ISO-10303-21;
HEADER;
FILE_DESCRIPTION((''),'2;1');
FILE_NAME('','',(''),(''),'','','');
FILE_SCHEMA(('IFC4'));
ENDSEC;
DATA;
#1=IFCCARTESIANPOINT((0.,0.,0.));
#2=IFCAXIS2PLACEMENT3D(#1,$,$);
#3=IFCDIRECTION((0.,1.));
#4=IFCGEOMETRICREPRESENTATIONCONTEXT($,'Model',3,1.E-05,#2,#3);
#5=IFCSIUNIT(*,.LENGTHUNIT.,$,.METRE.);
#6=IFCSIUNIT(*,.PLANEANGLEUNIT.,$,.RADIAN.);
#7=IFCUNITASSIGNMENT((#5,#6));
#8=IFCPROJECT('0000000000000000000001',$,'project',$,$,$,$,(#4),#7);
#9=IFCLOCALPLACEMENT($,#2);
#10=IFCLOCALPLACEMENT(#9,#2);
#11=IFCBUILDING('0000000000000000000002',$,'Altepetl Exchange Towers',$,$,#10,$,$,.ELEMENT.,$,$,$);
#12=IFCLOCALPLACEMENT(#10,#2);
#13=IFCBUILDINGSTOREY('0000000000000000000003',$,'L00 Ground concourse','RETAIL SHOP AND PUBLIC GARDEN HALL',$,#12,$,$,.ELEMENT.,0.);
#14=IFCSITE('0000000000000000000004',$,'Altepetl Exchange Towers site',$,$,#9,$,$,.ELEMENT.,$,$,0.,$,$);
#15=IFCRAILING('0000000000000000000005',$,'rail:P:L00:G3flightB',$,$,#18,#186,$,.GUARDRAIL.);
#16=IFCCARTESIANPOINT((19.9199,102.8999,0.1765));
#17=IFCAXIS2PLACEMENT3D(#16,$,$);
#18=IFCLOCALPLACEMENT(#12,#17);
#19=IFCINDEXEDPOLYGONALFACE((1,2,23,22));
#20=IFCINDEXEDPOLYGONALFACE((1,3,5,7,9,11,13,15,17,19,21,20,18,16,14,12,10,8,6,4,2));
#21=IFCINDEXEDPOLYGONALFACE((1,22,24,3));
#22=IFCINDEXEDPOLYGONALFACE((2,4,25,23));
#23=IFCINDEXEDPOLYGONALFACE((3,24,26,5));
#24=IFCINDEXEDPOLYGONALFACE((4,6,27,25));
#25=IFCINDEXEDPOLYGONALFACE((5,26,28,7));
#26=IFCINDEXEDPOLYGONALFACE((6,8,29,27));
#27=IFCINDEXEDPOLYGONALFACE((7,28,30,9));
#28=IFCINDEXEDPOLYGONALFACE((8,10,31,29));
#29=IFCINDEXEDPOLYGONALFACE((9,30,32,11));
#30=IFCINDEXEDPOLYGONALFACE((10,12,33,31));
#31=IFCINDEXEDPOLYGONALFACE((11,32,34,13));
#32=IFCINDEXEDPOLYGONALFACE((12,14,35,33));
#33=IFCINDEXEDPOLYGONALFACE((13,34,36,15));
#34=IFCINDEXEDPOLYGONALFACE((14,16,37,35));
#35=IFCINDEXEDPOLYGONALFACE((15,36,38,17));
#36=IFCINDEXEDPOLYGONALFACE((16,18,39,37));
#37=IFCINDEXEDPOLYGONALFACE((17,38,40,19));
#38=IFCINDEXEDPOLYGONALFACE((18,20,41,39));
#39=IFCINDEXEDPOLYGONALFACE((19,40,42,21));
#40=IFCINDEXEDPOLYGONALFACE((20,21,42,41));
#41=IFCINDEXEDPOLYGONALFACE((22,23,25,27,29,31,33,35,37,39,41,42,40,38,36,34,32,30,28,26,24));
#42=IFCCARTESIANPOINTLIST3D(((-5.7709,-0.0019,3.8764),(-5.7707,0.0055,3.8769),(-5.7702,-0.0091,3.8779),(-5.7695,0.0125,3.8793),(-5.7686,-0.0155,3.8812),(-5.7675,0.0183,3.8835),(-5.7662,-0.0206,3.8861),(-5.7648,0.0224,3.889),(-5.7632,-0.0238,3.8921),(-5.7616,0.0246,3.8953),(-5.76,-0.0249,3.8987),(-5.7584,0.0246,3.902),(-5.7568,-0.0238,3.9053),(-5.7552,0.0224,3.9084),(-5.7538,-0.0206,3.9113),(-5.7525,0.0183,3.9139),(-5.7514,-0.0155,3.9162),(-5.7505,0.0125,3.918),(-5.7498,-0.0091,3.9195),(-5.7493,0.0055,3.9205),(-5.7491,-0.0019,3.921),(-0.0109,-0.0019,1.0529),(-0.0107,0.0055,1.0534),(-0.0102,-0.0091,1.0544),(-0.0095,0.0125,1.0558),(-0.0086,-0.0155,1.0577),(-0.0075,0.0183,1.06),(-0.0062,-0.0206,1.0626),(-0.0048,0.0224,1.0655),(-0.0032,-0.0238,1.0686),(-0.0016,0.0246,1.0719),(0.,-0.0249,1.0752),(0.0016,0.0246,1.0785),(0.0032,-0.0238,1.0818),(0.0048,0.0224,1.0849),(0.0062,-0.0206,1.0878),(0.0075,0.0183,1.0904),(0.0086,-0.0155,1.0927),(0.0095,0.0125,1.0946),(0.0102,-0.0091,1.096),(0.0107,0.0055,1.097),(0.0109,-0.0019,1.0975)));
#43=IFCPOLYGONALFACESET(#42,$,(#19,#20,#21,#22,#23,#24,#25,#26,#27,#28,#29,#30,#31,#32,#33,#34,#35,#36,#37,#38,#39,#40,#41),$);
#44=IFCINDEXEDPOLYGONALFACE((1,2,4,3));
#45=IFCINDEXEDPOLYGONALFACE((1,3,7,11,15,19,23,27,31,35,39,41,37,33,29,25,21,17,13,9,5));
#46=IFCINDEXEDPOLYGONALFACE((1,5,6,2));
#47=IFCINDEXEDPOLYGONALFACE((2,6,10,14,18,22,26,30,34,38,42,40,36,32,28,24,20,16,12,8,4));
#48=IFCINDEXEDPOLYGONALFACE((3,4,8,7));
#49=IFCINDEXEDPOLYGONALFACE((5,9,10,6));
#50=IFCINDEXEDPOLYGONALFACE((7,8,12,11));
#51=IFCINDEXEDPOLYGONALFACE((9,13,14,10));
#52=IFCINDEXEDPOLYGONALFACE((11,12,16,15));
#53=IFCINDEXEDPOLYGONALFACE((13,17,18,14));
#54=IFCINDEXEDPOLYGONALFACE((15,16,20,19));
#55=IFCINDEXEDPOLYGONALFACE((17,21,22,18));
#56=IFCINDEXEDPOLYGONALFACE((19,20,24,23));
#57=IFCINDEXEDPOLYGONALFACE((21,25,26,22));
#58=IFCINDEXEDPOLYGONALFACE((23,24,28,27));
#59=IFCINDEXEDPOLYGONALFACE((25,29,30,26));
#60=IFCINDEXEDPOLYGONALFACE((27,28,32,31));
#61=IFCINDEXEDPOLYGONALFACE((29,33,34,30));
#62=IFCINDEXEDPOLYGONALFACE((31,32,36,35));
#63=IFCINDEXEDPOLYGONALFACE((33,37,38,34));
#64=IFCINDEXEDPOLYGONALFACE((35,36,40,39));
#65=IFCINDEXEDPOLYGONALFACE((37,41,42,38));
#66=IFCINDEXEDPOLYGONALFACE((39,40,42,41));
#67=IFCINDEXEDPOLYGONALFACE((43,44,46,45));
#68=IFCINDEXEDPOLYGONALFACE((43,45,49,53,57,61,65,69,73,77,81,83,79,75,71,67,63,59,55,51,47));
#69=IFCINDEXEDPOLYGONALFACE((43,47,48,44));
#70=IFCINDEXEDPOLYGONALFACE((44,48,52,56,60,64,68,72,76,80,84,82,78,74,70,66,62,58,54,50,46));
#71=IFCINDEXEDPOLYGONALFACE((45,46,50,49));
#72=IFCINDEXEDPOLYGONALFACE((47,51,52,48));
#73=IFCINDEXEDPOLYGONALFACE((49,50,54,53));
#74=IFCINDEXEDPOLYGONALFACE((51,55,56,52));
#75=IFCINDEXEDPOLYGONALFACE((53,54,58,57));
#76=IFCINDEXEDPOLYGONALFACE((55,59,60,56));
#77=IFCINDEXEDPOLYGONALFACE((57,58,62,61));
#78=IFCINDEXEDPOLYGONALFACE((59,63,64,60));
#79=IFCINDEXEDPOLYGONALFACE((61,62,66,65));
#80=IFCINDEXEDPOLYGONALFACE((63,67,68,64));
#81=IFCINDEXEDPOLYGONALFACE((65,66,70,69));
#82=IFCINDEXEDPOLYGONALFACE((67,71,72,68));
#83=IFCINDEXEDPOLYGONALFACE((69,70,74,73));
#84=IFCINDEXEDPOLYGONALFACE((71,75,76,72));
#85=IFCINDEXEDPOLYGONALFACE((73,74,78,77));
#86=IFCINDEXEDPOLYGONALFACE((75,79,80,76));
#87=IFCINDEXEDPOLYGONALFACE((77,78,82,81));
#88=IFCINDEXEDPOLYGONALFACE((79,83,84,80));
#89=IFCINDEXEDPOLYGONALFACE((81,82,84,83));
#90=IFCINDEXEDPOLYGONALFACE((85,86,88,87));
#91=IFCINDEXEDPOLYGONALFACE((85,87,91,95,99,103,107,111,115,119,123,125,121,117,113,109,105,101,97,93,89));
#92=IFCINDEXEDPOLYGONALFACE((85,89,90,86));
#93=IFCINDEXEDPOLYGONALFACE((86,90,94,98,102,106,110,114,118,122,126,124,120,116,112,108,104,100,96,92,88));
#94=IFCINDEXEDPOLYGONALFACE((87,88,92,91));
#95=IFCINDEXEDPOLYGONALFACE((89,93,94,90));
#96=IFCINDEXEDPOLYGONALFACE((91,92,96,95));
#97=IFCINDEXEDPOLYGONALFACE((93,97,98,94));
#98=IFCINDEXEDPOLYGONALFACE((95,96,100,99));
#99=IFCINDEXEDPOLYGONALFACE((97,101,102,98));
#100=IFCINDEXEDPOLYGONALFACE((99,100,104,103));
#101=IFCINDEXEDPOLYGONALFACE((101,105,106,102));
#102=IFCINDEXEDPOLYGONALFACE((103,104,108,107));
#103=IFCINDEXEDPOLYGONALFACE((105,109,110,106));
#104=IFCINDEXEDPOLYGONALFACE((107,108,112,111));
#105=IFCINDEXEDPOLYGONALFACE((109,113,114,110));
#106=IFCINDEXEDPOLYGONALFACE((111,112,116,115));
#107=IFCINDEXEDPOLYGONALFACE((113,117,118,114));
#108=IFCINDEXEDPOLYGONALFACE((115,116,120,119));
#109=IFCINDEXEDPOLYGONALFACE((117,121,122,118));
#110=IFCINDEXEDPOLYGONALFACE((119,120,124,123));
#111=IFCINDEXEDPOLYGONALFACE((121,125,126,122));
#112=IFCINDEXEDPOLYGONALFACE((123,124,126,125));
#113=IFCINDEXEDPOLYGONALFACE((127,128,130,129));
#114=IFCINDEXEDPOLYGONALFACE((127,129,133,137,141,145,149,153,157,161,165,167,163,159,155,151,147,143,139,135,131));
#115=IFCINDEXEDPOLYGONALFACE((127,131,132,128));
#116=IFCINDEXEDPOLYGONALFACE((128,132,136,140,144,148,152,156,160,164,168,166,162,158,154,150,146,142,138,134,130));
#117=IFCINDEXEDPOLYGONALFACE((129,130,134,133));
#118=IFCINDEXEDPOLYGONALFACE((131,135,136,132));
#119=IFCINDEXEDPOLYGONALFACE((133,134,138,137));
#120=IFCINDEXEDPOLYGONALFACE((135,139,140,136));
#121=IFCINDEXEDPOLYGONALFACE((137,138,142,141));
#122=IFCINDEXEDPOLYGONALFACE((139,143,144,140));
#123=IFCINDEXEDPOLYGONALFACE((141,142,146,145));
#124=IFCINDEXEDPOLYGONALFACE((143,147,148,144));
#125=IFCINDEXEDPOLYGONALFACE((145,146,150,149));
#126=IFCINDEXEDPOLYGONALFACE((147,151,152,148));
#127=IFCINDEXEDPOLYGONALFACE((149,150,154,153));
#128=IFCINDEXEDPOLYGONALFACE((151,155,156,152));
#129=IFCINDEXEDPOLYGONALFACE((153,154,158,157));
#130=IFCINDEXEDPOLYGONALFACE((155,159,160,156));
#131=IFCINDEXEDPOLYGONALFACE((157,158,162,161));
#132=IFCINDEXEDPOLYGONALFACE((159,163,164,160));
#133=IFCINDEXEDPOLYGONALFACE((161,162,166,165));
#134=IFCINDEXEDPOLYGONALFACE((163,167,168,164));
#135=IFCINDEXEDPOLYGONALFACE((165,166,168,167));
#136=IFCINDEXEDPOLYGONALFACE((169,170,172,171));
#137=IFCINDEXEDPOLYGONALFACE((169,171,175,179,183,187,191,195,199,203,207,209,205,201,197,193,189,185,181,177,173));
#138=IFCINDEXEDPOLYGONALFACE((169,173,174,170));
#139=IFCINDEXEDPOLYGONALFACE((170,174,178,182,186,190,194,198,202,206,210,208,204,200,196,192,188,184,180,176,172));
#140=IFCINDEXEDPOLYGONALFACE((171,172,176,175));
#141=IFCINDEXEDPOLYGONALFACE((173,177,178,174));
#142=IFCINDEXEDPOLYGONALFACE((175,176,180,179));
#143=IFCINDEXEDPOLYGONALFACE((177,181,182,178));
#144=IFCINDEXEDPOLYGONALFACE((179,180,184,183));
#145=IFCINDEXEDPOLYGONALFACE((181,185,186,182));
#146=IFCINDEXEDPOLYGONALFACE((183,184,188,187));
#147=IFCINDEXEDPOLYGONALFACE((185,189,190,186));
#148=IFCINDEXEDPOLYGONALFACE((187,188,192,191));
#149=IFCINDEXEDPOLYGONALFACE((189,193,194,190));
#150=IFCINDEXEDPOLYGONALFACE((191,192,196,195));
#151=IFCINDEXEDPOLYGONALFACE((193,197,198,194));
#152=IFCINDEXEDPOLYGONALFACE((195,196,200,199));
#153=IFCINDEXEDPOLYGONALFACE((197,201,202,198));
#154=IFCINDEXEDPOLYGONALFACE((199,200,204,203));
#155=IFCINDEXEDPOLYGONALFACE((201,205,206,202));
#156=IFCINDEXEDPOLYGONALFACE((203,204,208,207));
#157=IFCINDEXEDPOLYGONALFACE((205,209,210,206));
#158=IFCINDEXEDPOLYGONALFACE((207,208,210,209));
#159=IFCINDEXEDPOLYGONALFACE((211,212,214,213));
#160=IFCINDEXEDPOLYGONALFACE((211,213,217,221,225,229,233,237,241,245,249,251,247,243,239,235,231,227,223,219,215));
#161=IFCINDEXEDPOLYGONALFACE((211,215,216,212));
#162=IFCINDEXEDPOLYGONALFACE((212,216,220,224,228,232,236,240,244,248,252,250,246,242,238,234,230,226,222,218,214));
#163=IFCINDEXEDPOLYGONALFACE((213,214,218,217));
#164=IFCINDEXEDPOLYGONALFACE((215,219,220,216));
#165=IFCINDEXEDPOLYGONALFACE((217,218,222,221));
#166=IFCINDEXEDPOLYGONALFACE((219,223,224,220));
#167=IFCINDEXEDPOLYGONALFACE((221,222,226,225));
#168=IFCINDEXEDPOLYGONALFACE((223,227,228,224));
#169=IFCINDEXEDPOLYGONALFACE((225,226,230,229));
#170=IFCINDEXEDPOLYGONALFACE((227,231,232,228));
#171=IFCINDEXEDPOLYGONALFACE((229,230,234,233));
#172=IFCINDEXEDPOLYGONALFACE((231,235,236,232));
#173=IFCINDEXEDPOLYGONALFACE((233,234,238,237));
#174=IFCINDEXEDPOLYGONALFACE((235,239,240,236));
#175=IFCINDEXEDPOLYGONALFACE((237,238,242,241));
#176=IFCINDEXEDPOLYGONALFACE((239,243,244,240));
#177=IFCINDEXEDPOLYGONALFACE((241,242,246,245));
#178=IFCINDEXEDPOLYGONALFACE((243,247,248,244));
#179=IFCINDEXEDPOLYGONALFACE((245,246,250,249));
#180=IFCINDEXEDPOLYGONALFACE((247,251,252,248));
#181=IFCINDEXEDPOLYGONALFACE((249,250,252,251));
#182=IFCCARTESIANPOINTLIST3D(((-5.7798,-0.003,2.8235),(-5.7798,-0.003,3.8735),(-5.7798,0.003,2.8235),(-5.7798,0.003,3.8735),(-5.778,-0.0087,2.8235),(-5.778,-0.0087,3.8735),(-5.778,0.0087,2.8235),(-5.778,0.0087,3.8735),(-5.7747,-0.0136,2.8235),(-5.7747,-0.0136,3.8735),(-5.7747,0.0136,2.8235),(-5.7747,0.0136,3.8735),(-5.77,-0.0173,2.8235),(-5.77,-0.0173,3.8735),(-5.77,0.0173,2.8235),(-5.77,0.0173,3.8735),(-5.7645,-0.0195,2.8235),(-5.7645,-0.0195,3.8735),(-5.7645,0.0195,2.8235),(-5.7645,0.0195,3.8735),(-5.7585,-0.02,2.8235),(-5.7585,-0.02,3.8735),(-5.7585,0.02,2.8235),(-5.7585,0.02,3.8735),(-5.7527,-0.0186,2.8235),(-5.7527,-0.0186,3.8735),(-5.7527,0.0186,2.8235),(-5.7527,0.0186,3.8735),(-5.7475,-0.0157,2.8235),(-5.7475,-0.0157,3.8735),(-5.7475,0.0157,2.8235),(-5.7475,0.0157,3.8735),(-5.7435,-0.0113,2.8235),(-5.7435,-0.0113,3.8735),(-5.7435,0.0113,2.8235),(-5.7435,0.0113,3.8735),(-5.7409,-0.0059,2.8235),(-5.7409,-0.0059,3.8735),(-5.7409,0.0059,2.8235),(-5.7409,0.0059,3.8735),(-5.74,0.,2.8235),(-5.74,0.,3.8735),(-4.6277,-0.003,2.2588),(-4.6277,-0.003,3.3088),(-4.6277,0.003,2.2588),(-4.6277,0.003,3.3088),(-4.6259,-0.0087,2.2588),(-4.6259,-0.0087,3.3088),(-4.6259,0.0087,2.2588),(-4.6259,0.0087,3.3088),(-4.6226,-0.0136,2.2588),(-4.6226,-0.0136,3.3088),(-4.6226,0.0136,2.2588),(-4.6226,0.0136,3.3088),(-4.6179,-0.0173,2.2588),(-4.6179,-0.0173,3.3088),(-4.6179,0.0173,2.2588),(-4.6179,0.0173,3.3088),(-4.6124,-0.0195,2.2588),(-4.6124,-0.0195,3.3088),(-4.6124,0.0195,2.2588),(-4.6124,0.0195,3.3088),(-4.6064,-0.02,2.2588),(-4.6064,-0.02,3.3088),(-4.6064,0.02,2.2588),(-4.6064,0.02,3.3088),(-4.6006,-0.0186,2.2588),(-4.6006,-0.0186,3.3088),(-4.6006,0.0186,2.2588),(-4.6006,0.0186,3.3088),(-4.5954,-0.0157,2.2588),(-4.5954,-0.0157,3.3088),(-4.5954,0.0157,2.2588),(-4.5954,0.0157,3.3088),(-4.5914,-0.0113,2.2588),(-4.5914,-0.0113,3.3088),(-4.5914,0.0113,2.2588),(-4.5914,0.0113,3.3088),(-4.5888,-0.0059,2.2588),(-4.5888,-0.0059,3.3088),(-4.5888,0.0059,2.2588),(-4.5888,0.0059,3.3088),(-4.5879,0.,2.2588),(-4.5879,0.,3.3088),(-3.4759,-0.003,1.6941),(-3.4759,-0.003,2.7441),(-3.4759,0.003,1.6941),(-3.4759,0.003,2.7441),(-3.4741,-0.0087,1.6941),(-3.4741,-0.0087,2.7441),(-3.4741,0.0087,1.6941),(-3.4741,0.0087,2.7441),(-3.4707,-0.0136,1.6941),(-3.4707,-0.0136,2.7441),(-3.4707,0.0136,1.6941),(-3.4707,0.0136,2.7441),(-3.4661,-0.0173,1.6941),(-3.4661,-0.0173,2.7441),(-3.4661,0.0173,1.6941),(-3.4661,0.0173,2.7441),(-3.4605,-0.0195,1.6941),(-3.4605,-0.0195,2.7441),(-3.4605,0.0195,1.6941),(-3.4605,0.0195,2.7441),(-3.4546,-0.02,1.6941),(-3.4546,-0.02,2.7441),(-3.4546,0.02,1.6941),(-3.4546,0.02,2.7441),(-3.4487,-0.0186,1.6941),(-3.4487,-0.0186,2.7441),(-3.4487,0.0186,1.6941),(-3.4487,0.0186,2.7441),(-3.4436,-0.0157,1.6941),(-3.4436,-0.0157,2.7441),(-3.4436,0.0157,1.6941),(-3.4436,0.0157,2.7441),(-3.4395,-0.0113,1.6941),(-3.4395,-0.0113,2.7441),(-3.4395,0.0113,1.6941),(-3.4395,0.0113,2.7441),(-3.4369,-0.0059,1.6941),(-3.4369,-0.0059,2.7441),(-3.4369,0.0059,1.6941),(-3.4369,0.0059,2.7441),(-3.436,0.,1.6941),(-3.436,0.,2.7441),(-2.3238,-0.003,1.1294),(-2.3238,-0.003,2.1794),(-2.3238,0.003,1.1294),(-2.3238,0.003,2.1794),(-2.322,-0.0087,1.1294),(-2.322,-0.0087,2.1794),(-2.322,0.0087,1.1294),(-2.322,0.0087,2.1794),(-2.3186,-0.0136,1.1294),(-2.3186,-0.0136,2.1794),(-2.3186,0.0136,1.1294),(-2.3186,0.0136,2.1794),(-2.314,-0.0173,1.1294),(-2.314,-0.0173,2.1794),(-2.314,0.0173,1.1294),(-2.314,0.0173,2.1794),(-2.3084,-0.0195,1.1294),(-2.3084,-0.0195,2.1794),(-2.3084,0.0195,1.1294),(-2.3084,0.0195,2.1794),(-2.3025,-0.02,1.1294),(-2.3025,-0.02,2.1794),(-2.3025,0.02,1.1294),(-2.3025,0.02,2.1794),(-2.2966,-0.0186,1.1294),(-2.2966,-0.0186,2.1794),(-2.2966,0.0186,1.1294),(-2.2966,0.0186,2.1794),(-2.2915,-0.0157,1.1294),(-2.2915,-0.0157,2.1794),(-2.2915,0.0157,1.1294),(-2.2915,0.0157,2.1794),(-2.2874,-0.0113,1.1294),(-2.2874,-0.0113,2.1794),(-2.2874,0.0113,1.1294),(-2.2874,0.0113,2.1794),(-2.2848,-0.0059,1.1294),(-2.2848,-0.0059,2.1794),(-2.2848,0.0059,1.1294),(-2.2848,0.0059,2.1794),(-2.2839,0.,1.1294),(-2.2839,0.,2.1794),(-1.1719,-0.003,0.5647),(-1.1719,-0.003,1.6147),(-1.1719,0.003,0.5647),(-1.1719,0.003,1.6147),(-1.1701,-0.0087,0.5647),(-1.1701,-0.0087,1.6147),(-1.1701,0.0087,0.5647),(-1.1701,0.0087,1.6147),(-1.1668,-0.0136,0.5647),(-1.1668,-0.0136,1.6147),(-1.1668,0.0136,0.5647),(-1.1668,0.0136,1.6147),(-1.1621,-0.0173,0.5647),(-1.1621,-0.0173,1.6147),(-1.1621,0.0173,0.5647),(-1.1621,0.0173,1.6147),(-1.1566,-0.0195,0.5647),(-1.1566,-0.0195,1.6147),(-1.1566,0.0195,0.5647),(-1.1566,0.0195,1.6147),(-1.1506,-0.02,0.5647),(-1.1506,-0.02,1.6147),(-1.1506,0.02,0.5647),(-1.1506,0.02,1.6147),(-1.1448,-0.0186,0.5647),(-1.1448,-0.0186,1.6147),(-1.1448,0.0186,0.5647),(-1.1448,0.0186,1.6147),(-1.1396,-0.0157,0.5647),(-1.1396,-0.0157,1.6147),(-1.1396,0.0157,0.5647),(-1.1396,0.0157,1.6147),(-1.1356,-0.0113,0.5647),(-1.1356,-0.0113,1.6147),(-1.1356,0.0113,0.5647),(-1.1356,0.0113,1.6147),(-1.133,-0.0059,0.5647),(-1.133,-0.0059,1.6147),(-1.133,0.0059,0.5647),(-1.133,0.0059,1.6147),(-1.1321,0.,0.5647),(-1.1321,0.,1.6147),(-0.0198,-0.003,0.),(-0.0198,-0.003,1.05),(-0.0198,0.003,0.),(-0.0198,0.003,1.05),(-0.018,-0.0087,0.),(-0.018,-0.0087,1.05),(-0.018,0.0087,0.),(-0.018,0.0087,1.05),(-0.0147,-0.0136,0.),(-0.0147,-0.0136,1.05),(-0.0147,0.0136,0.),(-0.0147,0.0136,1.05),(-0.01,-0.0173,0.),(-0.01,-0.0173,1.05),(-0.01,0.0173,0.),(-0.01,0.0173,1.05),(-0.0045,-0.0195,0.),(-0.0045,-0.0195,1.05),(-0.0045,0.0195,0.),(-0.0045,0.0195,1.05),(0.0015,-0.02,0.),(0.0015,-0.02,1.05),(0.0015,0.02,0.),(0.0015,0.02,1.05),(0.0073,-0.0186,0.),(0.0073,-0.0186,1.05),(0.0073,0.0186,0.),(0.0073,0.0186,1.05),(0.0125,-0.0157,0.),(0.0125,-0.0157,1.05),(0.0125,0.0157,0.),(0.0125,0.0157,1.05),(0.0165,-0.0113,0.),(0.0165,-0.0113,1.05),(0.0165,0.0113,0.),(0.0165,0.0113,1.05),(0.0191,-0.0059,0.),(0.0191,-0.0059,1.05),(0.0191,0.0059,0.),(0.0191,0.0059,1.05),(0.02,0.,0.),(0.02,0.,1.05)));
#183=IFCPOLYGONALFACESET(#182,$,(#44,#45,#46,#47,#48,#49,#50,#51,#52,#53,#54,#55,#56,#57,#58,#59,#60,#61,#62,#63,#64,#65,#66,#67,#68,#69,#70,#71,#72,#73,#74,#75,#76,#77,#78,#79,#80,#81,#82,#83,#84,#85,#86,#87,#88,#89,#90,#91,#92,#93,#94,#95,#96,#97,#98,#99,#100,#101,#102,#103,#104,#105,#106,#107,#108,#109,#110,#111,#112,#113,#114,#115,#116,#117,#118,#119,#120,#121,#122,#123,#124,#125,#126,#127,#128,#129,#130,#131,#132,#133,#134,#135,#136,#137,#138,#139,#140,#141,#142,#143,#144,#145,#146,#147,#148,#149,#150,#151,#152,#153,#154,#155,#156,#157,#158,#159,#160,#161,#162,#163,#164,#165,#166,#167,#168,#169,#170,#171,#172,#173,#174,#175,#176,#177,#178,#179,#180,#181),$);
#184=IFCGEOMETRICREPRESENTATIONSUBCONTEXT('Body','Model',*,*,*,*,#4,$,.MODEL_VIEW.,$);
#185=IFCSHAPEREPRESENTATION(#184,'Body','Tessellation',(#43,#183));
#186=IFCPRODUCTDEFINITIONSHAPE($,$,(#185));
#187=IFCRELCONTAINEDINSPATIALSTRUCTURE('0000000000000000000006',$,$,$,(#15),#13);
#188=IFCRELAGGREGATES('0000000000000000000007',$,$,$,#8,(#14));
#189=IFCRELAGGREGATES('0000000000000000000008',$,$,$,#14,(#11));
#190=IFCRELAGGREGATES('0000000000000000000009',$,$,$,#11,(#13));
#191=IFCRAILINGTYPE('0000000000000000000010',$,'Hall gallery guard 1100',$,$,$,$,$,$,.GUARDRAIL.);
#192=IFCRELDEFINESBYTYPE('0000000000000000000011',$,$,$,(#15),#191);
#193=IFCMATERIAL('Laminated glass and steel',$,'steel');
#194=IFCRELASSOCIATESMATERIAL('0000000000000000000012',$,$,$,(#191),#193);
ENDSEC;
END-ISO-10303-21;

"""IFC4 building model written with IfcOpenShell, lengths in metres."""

from ifc_helpers import new_model, si_unit, direction, frame, origin, origin_2d, place, context, subcontext, project, spatial, circle, extrude, source, transform, mapped, material, type_object, element, save


model = new_model("IFC4")

# Units and contexts
model_context = context("Model", 3, precision=1e-05, world=origin(), true_north=direction((0.0, 1.0)))
body_context = subcontext(model_context, "Body", "Model", "MODEL_VIEW")
ifc_project = project(units=[si_unit("LENGTHUNIT", "METRE"), si_unit("PLANEANGLEUNIT", "RADIAN")], contexts=[model_context])

# Site, building, storey
site_placement = place(None, origin())
site = spatial("IfcSite", under=ifc_project, at=site_placement, Name="Altepetl Exchange Towers site", CompositionType="ELEMENT", RefElevation=0.0)
building_placement = place(site_placement, origin())
building = spatial("IfcBuilding", under=site, at=building_placement, Name="Altepetl Exchange Towers", CompositionType="ELEMENT")
storey_placement = place(building_placement, origin())
storey = spatial("IfcBuildingStorey", under=building, at=storey_placement, Name="L00 Ground concourse", Description="RETAIL SHOP AND PUBLIC GARDEN HALL", CompositionType="ELEMENT", Elevation=0.0)

# Railing
ifc_material_1 = material(Name="Laminated glass and steel", Category="steel")
railing_type_1 = type_object("IfcRailingType", Name="Hall gallery guard 1100", PredefinedType="GUARDRAIL", material=ifc_material_1)
shared_shape_1 = source(origin(), body_context, "Body", "SweptSolid", [
    extrude(circle(Radius=0.02, at=origin_2d()), origin(), (0.0, 0.0, 1.0), 1.05),
])
for number, where, name in (
    (1, (19.9199, 102.8999, 0.1765), "rail:P:L00:G3flightB"),
):
    element("IfcRailing", number, at=place(storey_placement, frame(where)), inside=storey, type_object=railing_type_1, Name=name, PredefinedType="GUARDRAIL", context=body_context, shape_type="SweptSolid", body=[
        extrude(circle(Radius=0.0249, at=origin_2d()), frame((0.0, 0.0, 1.0752), z_axis=(-0.897924, 0.0, 0.440151), x_axis=(0.0, -1.0, 0.0)), (0.0, 0.0, 1.0), 6.4148),
        mapped(shared_shape_1, transform((0.0, 0.0, 0.0))),
        mapped(shared_shape_1, transform((-1.1521, 0.0, 0.5647))),
        mapped(shared_shape_1, transform((-2.304, 0.0, 1.1294))),
        mapped(shared_shape_1, transform((-3.4561, 0.0, 1.6941))),
        mapped(shared_shape_1, transform((-4.6079, 0.0, 2.2588))),
        mapped(shared_shape_1, transform((-5.76, 0.0, 2.8235))),
    ])

save(model, "model.ifc")
